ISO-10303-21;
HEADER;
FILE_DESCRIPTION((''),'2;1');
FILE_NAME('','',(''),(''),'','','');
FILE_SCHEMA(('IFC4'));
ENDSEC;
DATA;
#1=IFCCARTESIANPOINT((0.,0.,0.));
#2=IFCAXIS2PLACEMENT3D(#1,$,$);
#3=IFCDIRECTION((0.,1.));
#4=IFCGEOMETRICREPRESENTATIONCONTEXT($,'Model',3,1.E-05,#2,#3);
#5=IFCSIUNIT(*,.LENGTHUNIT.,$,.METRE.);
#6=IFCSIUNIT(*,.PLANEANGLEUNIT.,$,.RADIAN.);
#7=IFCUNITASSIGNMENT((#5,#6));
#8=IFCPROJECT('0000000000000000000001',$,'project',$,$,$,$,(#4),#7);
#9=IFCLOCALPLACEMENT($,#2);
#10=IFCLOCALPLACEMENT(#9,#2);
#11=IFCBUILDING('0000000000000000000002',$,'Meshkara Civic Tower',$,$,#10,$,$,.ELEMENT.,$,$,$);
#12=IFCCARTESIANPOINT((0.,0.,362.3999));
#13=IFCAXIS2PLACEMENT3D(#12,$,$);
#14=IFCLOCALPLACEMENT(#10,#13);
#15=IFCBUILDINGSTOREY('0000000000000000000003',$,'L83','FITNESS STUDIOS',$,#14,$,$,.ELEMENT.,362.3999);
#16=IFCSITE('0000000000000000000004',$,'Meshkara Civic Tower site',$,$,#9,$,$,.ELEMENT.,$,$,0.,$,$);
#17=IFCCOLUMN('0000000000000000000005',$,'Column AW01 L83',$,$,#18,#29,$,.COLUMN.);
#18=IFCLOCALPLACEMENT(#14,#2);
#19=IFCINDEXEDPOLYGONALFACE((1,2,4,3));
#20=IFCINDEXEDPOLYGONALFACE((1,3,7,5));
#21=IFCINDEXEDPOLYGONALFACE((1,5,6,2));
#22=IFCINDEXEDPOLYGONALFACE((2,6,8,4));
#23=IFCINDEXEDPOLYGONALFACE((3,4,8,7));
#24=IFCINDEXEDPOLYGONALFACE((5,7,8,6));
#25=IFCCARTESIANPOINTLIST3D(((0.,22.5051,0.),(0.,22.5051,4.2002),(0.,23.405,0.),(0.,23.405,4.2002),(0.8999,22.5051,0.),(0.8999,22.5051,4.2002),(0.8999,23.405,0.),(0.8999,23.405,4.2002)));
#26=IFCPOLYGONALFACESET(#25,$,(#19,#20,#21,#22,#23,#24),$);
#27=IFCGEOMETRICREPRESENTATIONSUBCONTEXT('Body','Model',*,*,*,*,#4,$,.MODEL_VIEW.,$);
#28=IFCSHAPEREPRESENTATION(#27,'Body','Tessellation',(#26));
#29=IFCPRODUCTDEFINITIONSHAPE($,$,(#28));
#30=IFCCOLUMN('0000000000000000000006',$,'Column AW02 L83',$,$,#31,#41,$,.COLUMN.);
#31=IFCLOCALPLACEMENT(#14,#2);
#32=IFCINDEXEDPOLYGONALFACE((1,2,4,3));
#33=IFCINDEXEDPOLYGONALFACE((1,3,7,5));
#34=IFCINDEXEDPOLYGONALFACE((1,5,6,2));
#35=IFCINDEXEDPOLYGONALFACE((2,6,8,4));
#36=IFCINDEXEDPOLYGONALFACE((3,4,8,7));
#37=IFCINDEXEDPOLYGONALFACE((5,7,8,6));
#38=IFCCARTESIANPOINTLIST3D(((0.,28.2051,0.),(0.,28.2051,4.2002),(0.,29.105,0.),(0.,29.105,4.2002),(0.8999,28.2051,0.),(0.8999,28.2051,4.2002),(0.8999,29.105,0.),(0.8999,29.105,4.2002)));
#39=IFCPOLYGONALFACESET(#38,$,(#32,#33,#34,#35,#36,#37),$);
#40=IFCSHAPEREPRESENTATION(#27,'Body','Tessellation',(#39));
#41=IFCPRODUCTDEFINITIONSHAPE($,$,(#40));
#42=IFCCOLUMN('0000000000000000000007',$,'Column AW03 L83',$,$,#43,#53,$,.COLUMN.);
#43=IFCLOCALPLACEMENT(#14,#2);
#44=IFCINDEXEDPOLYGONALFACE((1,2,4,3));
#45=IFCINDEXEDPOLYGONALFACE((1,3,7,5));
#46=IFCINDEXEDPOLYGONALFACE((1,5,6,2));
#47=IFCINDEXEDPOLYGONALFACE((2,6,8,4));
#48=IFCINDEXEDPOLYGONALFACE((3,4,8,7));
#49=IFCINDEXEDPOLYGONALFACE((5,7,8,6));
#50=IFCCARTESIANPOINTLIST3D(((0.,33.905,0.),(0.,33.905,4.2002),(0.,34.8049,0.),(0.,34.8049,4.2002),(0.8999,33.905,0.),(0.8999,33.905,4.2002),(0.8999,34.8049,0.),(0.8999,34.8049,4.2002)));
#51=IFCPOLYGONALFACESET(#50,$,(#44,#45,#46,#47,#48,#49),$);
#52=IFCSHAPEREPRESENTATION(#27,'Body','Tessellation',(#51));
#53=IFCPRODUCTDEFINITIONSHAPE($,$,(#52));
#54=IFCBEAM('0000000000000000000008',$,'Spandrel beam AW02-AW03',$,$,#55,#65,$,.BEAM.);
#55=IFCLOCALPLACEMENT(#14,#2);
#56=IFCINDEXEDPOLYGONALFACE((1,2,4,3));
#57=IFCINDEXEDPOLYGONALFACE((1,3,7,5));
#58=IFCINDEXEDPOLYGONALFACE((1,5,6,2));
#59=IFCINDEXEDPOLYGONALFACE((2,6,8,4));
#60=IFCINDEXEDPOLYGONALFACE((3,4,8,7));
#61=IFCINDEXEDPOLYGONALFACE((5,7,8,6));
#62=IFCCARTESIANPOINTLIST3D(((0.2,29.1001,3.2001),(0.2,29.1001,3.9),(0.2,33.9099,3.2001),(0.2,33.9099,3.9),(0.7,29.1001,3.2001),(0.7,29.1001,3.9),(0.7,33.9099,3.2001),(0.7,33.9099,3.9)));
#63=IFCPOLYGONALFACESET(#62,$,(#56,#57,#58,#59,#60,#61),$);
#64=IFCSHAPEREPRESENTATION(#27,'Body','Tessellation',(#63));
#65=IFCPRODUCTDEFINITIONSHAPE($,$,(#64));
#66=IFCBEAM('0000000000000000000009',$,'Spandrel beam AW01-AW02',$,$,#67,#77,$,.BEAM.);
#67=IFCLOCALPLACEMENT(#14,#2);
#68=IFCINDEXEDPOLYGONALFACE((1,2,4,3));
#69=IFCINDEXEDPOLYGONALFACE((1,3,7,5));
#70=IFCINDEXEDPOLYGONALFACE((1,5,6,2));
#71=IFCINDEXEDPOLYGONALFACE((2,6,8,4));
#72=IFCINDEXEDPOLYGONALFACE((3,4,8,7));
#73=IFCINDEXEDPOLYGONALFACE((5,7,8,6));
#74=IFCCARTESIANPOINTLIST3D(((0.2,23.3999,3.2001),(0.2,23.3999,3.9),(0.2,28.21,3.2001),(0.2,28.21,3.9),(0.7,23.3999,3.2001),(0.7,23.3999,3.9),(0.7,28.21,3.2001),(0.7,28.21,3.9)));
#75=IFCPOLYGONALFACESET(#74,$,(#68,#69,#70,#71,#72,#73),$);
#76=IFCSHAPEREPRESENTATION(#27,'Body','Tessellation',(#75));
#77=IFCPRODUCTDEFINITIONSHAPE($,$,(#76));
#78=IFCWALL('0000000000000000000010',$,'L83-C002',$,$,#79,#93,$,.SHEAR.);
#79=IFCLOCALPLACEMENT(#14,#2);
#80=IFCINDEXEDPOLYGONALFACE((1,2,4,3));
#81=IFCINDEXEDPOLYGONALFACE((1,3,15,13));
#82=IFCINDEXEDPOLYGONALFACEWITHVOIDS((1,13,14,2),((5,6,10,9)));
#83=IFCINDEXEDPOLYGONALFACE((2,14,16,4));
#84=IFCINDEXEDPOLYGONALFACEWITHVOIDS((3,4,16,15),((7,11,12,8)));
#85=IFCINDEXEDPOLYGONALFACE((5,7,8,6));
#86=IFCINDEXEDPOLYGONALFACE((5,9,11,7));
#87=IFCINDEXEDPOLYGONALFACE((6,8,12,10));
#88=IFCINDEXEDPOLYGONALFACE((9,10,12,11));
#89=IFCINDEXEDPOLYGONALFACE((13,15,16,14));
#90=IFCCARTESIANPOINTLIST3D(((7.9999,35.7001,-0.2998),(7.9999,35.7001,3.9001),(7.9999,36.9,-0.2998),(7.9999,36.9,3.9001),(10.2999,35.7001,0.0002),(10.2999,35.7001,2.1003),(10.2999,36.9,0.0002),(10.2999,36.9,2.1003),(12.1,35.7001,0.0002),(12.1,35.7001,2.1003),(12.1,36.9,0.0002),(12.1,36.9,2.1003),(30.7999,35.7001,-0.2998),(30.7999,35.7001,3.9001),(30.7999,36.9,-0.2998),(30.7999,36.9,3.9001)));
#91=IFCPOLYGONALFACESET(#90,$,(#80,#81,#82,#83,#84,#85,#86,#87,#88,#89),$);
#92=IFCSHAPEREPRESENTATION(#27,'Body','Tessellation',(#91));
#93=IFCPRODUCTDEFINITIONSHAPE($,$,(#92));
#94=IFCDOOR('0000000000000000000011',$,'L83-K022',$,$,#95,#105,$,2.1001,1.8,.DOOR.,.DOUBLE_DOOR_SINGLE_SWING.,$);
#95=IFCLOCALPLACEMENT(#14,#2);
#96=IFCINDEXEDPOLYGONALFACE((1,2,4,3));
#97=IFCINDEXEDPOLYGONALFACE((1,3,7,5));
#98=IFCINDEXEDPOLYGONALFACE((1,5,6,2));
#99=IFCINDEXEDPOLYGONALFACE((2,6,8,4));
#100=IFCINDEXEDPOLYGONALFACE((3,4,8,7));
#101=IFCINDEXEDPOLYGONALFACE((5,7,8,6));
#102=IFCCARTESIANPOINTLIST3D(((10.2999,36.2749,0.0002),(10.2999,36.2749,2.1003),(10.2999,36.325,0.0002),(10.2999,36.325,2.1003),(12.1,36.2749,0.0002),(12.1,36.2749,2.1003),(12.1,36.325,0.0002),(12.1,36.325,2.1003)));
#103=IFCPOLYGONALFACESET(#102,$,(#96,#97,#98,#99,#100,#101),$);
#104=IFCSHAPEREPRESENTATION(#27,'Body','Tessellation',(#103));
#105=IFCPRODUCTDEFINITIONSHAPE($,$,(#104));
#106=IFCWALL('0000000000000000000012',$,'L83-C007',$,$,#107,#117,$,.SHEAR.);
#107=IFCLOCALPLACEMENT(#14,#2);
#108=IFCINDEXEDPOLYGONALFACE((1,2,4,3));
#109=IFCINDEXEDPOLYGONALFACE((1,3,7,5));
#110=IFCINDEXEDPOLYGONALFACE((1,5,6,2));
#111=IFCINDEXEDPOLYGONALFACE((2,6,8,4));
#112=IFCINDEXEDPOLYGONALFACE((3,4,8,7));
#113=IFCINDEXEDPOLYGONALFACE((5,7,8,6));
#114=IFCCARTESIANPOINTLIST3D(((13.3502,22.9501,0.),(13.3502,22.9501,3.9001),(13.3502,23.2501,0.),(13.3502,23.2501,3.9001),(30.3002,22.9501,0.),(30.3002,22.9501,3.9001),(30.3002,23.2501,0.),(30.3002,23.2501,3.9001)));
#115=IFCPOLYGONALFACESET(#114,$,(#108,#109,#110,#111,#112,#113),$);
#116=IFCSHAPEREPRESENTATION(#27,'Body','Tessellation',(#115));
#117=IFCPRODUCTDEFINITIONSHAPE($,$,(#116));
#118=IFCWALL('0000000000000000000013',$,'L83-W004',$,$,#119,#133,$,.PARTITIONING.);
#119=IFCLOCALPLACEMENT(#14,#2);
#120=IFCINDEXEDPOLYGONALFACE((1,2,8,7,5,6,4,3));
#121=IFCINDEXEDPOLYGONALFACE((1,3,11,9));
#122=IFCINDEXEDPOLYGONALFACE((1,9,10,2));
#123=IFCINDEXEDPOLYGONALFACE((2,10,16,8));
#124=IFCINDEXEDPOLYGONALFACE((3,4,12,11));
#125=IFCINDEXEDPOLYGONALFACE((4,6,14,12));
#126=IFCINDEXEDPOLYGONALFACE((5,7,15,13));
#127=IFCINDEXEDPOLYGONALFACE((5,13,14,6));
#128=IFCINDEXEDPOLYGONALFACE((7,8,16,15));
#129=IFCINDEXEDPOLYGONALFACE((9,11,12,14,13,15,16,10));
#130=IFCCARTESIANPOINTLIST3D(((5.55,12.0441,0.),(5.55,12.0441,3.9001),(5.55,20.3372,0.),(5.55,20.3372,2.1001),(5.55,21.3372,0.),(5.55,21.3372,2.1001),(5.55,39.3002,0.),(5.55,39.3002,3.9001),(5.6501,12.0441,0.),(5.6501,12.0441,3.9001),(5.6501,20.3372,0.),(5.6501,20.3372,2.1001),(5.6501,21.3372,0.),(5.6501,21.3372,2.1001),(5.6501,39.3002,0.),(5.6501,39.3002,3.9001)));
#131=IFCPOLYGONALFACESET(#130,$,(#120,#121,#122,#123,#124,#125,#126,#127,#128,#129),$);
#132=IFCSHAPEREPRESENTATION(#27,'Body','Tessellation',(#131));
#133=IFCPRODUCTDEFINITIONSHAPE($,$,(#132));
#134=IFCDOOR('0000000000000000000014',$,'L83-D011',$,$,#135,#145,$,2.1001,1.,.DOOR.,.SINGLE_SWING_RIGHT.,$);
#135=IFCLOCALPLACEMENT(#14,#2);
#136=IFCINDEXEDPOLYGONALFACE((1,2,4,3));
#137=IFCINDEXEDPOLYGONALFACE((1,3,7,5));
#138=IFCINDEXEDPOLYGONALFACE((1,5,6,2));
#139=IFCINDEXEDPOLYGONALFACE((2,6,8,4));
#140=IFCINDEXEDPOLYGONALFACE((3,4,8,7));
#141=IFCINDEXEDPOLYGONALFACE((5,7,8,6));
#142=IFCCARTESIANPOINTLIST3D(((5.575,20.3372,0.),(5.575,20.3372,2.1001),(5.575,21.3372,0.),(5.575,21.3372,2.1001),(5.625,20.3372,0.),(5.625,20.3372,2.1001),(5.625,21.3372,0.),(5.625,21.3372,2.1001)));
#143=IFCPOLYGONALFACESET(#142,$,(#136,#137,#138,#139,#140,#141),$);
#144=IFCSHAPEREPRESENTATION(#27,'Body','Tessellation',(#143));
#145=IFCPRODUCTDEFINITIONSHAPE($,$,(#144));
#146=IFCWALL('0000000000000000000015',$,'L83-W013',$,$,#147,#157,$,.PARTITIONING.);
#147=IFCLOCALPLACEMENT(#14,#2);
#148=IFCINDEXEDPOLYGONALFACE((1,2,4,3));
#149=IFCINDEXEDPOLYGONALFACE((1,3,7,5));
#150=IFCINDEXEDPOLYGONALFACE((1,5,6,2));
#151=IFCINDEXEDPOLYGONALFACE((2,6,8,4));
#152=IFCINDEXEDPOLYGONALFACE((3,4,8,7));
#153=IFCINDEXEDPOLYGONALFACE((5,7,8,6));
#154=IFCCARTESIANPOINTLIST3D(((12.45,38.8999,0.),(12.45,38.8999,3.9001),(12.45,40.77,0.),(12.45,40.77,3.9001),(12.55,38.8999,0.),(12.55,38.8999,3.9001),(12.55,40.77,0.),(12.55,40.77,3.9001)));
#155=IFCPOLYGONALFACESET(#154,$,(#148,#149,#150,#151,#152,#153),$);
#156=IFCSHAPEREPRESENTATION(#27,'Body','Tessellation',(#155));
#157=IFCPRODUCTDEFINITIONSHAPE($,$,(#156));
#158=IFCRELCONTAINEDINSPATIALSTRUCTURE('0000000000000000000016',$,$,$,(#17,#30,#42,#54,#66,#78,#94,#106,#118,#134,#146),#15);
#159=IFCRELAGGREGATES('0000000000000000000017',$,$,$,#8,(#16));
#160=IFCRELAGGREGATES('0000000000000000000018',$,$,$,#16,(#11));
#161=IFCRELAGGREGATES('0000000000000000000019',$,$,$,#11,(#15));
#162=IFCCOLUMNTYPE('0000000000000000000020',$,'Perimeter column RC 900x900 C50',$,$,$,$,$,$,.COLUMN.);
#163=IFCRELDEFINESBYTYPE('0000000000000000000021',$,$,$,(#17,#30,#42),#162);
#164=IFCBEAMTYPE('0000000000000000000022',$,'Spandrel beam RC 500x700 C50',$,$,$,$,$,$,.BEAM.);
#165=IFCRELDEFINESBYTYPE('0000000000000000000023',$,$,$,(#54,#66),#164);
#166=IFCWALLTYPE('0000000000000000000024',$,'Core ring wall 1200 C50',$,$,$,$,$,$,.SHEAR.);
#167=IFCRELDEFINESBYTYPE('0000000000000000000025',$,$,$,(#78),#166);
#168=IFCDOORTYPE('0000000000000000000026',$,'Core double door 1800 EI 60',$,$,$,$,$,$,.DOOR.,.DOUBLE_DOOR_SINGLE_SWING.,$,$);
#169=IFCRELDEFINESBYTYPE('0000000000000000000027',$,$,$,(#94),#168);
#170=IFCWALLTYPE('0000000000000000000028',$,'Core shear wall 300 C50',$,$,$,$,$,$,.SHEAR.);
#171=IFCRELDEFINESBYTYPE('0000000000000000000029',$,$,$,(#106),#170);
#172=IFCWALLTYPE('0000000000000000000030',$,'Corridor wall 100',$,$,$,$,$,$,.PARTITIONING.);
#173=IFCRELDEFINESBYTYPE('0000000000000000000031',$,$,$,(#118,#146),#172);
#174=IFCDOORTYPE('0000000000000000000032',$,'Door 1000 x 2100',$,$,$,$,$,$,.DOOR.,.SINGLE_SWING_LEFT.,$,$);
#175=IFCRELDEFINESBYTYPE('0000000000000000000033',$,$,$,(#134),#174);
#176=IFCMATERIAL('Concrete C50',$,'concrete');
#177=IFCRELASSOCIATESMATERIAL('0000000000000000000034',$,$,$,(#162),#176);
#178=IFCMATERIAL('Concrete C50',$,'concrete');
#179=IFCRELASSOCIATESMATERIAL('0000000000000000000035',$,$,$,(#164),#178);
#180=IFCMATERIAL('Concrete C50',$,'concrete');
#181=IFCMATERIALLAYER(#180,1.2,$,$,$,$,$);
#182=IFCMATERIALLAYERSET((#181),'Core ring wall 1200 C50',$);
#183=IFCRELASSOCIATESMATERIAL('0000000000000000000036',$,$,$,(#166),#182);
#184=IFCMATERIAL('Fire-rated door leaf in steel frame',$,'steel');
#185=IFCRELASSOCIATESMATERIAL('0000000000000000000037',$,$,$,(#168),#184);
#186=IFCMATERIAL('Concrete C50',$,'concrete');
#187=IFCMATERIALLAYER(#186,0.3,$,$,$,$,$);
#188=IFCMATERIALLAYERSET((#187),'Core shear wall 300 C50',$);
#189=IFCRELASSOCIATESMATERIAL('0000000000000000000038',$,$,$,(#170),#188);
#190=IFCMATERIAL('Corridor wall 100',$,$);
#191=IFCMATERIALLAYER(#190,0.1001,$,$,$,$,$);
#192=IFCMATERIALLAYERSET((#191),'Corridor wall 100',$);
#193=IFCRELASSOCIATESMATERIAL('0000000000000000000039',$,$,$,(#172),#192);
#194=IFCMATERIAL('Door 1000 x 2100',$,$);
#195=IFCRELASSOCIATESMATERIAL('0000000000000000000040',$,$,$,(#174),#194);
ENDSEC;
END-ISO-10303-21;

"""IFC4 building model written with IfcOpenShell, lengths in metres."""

from ifc_helpers import new_model, si_unit, direction, frame, frame_2d, origin, origin_2d, place, context, subcontext, project, spatial, rectangle, extrude, material, layer, layer_set, material_profile, profile_set, type_object, element, fill, save


model = new_model("IFC4")

# Units and contexts
model_context = context("Model", 3, precision=1e-05, world=origin(), true_north=direction((0.0, 1.0)))
body_context = subcontext(model_context, "Body", "Model", "MODEL_VIEW")
ifc_project = project(units=[si_unit("LENGTHUNIT", "METRE"), si_unit("PLANEANGLEUNIT", "RADIAN")], contexts=[model_context])

# Site, building, storey
site_placement = place(None, origin())
site = spatial("IfcSite", under=ifc_project, at=site_placement, Name="Meshkara Civic Tower site", CompositionType="ELEMENT", RefElevation=0.0)
building_placement = place(site_placement, origin())
building = spatial("IfcBuilding", under=site, at=building_placement, Name="Meshkara Civic Tower", CompositionType="ELEMENT")
storey_placement = place(building_placement, frame((0.0, 0.0, 362.3999)))
storey = spatial("IfcBuildingStorey", under=building, at=storey_placement, Name="L83", Description="FITNESS STUDIOS", CompositionType="ELEMENT", Elevation=362.3999)

# Columns
ifc_material_1 = material(Name="Concrete C50", Category="concrete")
ifc_material_profile_1 = material_profile(ifc_material_1, rectangle(XDim=0.8999, YDim=0.8999, at=origin_2d()))
ifc_profile_set_1 = profile_set([ifc_material_profile_1], Name="Concrete C50")
column_type = type_object("IfcColumnType", Name="Perimeter column RC 900x900 C50", PredefinedType="COLUMN", material=ifc_profile_set_1)
for number, where, z_axis, x_axis, name in (
    (1, (0.45, 22.9551, 0.0), (0.0, 0.0, 1.0), (1.0, 0.0, 0.0), "Column AW01 L83"),
    (2, (0.45, 28.655, 0.0), (0.0, 0.0, 1.0), (1.0, 0.0, 0.0), "Column AW02 L83"),
    (3, (0.45, 34.355, 0.0), (0.0, 0.0, 1.0), (1.0, 0.0, 0.0), "Column AW03 L83"),
):
    element("IfcColumn", number, at=place(storey_placement, frame(where, z_axis=z_axis, x_axis=x_axis)), inside=storey, type_object=column_type, Name=name, PredefinedType="COLUMN", context=body_context, shape_type="SweptSolid", body=[
        extrude(rectangle(XDim=0.8999, YDim=0.8999, at=origin_2d()), origin(), (0.0, 0.0, 1.0), 4.2002),
    ])

# Beams
ifc_material_2 = material(Name="Concrete C50", Category="concrete")
ifc_material_profile_2 = material_profile(ifc_material_2, rectangle(XDim=0.5, YDim=0.7, at=origin_2d()))
ifc_profile_set_2 = profile_set([ifc_material_profile_2], Name="Concrete C50")
beam_type = type_object("IfcBeamType", Name="Spandrel beam RC 500x700 C50", PredefinedType="BEAM", material=ifc_profile_set_2)
beam_1_placement = place(storey_placement, frame((0.45, 33.9099, 3.55), z_axis=(0.0, -1.0, 0.0), x_axis=(1.0, 0.0, 0.0)))
element("IfcBeam", 4, at=beam_1_placement, inside=storey, type_object=beam_type, Name="Spandrel beam AW02-AW03", PredefinedType="BEAM", context=body_context, shape_type="SweptSolid", body=[
    extrude(rectangle(XDim=0.5, YDim=0.7, at=origin_2d()), origin(), (0.0, 0.0, 1.0), 4.8098),
])
beam_2_placement = place(storey_placement, frame((0.45, 28.21, 3.55), z_axis=(0.0, -1.0, 0.0), x_axis=(1.0, 0.0, 0.0)))
element("IfcBeam", 5, at=beam_2_placement, inside=storey, type_object=beam_type, Name="Spandrel beam AW01-AW02", PredefinedType="BEAM", context=body_context, shape_type="SweptSolid", body=[
    extrude(rectangle(XDim=0.5, YDim=0.7, at=origin_2d()), origin(), (0.0, 0.0, 1.0), 4.8101),
])

# Wall, opening, door
ifc_material_3 = material(Name="Concrete C50", Category="concrete")
ifc_layer_1 = layer(ifc_material_3, 1.2)
ifc_layer_set_1 = layer_set([ifc_layer_1], Name="Core ring wall 1200 C50")
wall_type_1 = type_object("IfcWallType", Name="Core ring wall 1200 C50", PredefinedType="SHEAR", material=ifc_layer_set_1)
wall_1_placement = place(storey_placement, frame((8.0, 36.3, -0.2998), z_axis=(0.0, 0.0, 1.0), x_axis=(1.0, 0.0, 0.0)))
wall_1 = element("IfcWall", 6, at=wall_1_placement, inside=storey, type_object=wall_type_1, Name="L83-C002", PredefinedType="SHEAR", context=body_context, shape_type="SweptSolid", body=[
    extrude(rectangle(XDim=22.8, YDim=1.2, at=frame_2d((11.3999, 0.0))), origin(), (0.0, 0.0, 1.0), 4.2),
])
opening_1_placement = place(wall_1_placement, frame((2.3, 0.0, 0.3)))
opening_1 = element("IfcOpeningElement", 7, at=opening_1_placement, cuts=wall_1, PredefinedType="OPENING", context=body_context, shape_type="SweptSolid", body=[
    extrude(rectangle(XDim=1.8, YDim=2.1001, at=frame_2d((0.8999, 1.05))), frame((0.0, 0.6099, 0.0), z_axis=(0.0, -1.0, 0.0), x_axis=(1.0, 0.0, 0.0)), (0.0, 0.0, 1.0), 1.22),
])
ifc_material_4 = material(Name="Fire-rated door leaf in steel frame", Category="steel")
door_type_1 = type_object("IfcDoorType", Name="Core double door 1800 EI 60", OperationType="DOUBLE_DOOR_SINGLE_SWING", PredefinedType="DOOR", material=ifc_material_4)
door_1_placement = place(opening_1_placement, origin())
door_1 = element("IfcDoor", 8, at=door_1_placement, inside=storey, type_object=door_type_1, Name="L83-K022", OperationType="DOUBLE_DOOR_SINGLE_SWING", OverallHeight=2.1001, OverallWidth=1.8, PredefinedType="DOOR", context=body_context, shape_type="SweptSolid", body=[
    extrude(rectangle(XDim=1.8, YDim=2.1001, at=frame_2d((0.8999, 1.05))), frame((0.0, 0.0249, 0.0), z_axis=(0.0, -1.0, 0.0), x_axis=(1.0, 0.0, 0.0)), (0.0, 0.0, 1.0), 0.05),
])
fill(opening_1, door_1)

# Wall
ifc_material_5 = material(Name="Concrete C50", Category="concrete")
ifc_layer_2 = layer(ifc_material_5, 0.3)
ifc_layer_set_2 = layer_set([ifc_layer_2], Name="Core shear wall 300 C50")
wall_type_2 = type_object("IfcWallType", Name="Core shear wall 300 C50", PredefinedType="SHEAR", material=ifc_layer_set_2)
wall_2_placement = place(storey_placement, frame((13.3501, 23.1001, 0.0), z_axis=(0.0, 0.0, 1.0), x_axis=(1.0, 0.0, 0.0)))
element("IfcWall", 9, at=wall_2_placement, inside=storey, type_object=wall_type_2, Name="L83-C007", PredefinedType="SHEAR", context=body_context, shape_type="SweptSolid", body=[
    extrude(rectangle(XDim=16.95, YDim=0.3, at=frame_2d((8.4751, 0.0))), origin(), (0.0, 0.0, 1.0), 3.9001),
])

# Wall, opening, door
ifc_material_6 = material(Name="Corridor wall 100")
ifc_layer_3 = layer(ifc_material_6, 0.1001)
ifc_layer_set_3 = layer_set([ifc_layer_3], Name="Corridor wall 100")
wall_type_3 = type_object("IfcWallType", Name="Corridor wall 100", PredefinedType="PARTITIONING", material=ifc_layer_set_3)
wall_3_placement = place(storey_placement, frame((5.6001, 39.3, 0.0), z_axis=(0.0, 0.0, 1.0), x_axis=(0.0, -1.0, 0.0)))
wall_3 = element("IfcWall", 10, at=wall_3_placement, inside=storey, type_object=wall_type_3, Name="L83-W004", PredefinedType="PARTITIONING", context=body_context, shape_type="SweptSolid", body=[
    extrude(rectangle(XDim=27.2561, YDim=0.1001, at=frame_2d((13.6279, 0.0))), origin(), (0.0, 0.0, 1.0), 3.9001),
])
opening_2_placement = place(wall_3_placement, frame((17.9629, 0.0, 0.0)))
opening_2 = element("IfcOpeningElement", 11, at=opening_2_placement, cuts=wall_3, PredefinedType="OPENING", context=body_context, shape_type="SweptSolid", body=[
    extrude(rectangle(XDim=1.0, YDim=2.1001, at=frame_2d((0.5, 1.05))), frame((0.0, 0.0601, 0.0), z_axis=(0.0, -1.0, 0.0), x_axis=(1.0, 0.0, 0.0)), (0.0, 0.0, 1.0), 0.1201),
])
ifc_material_7 = material(Name="Door 1000 x 2100")
door_type_2 = type_object("IfcDoorType", Name="Door 1000 x 2100", OperationType="SINGLE_SWING_LEFT", PredefinedType="DOOR", material=ifc_material_7)
door_2_placement = place(opening_2_placement, origin())
door_2 = element("IfcDoor", 12, at=door_2_placement, inside=storey, type_object=door_type_2, Name="L83-D011", OperationType="SINGLE_SWING_RIGHT", OverallHeight=2.1001, OverallWidth=1.0, PredefinedType="DOOR", context=body_context, shape_type="SweptSolid", body=[
    extrude(rectangle(XDim=1.0, YDim=2.1001, at=frame_2d((0.5, 1.05))), frame((0.0, 0.0249, 0.0), z_axis=(0.0, -1.0, 0.0), x_axis=(1.0, 0.0, 0.0)), (0.0, 0.0, 1.0), 0.05),
])
fill(opening_2, door_2)

# Wall
wall_4_placement = place(storey_placement, frame((12.5, 38.8999, 0.0), z_axis=(0.0, 0.0, 1.0), x_axis=(0.0, 1.0, 0.0)))
element("IfcWall", 13, at=wall_4_placement, inside=storey, type_object=wall_type_3, Name="L83-W013", PredefinedType="PARTITIONING", context=body_context, shape_type="SweptSolid", body=[
    extrude(rectangle(XDim=1.8701, YDim=0.1001, at=frame_2d((0.9351, 0.0))), origin(), (0.0, 0.0, 1.0), 3.9001),
])

save(model, "model.ifc")
